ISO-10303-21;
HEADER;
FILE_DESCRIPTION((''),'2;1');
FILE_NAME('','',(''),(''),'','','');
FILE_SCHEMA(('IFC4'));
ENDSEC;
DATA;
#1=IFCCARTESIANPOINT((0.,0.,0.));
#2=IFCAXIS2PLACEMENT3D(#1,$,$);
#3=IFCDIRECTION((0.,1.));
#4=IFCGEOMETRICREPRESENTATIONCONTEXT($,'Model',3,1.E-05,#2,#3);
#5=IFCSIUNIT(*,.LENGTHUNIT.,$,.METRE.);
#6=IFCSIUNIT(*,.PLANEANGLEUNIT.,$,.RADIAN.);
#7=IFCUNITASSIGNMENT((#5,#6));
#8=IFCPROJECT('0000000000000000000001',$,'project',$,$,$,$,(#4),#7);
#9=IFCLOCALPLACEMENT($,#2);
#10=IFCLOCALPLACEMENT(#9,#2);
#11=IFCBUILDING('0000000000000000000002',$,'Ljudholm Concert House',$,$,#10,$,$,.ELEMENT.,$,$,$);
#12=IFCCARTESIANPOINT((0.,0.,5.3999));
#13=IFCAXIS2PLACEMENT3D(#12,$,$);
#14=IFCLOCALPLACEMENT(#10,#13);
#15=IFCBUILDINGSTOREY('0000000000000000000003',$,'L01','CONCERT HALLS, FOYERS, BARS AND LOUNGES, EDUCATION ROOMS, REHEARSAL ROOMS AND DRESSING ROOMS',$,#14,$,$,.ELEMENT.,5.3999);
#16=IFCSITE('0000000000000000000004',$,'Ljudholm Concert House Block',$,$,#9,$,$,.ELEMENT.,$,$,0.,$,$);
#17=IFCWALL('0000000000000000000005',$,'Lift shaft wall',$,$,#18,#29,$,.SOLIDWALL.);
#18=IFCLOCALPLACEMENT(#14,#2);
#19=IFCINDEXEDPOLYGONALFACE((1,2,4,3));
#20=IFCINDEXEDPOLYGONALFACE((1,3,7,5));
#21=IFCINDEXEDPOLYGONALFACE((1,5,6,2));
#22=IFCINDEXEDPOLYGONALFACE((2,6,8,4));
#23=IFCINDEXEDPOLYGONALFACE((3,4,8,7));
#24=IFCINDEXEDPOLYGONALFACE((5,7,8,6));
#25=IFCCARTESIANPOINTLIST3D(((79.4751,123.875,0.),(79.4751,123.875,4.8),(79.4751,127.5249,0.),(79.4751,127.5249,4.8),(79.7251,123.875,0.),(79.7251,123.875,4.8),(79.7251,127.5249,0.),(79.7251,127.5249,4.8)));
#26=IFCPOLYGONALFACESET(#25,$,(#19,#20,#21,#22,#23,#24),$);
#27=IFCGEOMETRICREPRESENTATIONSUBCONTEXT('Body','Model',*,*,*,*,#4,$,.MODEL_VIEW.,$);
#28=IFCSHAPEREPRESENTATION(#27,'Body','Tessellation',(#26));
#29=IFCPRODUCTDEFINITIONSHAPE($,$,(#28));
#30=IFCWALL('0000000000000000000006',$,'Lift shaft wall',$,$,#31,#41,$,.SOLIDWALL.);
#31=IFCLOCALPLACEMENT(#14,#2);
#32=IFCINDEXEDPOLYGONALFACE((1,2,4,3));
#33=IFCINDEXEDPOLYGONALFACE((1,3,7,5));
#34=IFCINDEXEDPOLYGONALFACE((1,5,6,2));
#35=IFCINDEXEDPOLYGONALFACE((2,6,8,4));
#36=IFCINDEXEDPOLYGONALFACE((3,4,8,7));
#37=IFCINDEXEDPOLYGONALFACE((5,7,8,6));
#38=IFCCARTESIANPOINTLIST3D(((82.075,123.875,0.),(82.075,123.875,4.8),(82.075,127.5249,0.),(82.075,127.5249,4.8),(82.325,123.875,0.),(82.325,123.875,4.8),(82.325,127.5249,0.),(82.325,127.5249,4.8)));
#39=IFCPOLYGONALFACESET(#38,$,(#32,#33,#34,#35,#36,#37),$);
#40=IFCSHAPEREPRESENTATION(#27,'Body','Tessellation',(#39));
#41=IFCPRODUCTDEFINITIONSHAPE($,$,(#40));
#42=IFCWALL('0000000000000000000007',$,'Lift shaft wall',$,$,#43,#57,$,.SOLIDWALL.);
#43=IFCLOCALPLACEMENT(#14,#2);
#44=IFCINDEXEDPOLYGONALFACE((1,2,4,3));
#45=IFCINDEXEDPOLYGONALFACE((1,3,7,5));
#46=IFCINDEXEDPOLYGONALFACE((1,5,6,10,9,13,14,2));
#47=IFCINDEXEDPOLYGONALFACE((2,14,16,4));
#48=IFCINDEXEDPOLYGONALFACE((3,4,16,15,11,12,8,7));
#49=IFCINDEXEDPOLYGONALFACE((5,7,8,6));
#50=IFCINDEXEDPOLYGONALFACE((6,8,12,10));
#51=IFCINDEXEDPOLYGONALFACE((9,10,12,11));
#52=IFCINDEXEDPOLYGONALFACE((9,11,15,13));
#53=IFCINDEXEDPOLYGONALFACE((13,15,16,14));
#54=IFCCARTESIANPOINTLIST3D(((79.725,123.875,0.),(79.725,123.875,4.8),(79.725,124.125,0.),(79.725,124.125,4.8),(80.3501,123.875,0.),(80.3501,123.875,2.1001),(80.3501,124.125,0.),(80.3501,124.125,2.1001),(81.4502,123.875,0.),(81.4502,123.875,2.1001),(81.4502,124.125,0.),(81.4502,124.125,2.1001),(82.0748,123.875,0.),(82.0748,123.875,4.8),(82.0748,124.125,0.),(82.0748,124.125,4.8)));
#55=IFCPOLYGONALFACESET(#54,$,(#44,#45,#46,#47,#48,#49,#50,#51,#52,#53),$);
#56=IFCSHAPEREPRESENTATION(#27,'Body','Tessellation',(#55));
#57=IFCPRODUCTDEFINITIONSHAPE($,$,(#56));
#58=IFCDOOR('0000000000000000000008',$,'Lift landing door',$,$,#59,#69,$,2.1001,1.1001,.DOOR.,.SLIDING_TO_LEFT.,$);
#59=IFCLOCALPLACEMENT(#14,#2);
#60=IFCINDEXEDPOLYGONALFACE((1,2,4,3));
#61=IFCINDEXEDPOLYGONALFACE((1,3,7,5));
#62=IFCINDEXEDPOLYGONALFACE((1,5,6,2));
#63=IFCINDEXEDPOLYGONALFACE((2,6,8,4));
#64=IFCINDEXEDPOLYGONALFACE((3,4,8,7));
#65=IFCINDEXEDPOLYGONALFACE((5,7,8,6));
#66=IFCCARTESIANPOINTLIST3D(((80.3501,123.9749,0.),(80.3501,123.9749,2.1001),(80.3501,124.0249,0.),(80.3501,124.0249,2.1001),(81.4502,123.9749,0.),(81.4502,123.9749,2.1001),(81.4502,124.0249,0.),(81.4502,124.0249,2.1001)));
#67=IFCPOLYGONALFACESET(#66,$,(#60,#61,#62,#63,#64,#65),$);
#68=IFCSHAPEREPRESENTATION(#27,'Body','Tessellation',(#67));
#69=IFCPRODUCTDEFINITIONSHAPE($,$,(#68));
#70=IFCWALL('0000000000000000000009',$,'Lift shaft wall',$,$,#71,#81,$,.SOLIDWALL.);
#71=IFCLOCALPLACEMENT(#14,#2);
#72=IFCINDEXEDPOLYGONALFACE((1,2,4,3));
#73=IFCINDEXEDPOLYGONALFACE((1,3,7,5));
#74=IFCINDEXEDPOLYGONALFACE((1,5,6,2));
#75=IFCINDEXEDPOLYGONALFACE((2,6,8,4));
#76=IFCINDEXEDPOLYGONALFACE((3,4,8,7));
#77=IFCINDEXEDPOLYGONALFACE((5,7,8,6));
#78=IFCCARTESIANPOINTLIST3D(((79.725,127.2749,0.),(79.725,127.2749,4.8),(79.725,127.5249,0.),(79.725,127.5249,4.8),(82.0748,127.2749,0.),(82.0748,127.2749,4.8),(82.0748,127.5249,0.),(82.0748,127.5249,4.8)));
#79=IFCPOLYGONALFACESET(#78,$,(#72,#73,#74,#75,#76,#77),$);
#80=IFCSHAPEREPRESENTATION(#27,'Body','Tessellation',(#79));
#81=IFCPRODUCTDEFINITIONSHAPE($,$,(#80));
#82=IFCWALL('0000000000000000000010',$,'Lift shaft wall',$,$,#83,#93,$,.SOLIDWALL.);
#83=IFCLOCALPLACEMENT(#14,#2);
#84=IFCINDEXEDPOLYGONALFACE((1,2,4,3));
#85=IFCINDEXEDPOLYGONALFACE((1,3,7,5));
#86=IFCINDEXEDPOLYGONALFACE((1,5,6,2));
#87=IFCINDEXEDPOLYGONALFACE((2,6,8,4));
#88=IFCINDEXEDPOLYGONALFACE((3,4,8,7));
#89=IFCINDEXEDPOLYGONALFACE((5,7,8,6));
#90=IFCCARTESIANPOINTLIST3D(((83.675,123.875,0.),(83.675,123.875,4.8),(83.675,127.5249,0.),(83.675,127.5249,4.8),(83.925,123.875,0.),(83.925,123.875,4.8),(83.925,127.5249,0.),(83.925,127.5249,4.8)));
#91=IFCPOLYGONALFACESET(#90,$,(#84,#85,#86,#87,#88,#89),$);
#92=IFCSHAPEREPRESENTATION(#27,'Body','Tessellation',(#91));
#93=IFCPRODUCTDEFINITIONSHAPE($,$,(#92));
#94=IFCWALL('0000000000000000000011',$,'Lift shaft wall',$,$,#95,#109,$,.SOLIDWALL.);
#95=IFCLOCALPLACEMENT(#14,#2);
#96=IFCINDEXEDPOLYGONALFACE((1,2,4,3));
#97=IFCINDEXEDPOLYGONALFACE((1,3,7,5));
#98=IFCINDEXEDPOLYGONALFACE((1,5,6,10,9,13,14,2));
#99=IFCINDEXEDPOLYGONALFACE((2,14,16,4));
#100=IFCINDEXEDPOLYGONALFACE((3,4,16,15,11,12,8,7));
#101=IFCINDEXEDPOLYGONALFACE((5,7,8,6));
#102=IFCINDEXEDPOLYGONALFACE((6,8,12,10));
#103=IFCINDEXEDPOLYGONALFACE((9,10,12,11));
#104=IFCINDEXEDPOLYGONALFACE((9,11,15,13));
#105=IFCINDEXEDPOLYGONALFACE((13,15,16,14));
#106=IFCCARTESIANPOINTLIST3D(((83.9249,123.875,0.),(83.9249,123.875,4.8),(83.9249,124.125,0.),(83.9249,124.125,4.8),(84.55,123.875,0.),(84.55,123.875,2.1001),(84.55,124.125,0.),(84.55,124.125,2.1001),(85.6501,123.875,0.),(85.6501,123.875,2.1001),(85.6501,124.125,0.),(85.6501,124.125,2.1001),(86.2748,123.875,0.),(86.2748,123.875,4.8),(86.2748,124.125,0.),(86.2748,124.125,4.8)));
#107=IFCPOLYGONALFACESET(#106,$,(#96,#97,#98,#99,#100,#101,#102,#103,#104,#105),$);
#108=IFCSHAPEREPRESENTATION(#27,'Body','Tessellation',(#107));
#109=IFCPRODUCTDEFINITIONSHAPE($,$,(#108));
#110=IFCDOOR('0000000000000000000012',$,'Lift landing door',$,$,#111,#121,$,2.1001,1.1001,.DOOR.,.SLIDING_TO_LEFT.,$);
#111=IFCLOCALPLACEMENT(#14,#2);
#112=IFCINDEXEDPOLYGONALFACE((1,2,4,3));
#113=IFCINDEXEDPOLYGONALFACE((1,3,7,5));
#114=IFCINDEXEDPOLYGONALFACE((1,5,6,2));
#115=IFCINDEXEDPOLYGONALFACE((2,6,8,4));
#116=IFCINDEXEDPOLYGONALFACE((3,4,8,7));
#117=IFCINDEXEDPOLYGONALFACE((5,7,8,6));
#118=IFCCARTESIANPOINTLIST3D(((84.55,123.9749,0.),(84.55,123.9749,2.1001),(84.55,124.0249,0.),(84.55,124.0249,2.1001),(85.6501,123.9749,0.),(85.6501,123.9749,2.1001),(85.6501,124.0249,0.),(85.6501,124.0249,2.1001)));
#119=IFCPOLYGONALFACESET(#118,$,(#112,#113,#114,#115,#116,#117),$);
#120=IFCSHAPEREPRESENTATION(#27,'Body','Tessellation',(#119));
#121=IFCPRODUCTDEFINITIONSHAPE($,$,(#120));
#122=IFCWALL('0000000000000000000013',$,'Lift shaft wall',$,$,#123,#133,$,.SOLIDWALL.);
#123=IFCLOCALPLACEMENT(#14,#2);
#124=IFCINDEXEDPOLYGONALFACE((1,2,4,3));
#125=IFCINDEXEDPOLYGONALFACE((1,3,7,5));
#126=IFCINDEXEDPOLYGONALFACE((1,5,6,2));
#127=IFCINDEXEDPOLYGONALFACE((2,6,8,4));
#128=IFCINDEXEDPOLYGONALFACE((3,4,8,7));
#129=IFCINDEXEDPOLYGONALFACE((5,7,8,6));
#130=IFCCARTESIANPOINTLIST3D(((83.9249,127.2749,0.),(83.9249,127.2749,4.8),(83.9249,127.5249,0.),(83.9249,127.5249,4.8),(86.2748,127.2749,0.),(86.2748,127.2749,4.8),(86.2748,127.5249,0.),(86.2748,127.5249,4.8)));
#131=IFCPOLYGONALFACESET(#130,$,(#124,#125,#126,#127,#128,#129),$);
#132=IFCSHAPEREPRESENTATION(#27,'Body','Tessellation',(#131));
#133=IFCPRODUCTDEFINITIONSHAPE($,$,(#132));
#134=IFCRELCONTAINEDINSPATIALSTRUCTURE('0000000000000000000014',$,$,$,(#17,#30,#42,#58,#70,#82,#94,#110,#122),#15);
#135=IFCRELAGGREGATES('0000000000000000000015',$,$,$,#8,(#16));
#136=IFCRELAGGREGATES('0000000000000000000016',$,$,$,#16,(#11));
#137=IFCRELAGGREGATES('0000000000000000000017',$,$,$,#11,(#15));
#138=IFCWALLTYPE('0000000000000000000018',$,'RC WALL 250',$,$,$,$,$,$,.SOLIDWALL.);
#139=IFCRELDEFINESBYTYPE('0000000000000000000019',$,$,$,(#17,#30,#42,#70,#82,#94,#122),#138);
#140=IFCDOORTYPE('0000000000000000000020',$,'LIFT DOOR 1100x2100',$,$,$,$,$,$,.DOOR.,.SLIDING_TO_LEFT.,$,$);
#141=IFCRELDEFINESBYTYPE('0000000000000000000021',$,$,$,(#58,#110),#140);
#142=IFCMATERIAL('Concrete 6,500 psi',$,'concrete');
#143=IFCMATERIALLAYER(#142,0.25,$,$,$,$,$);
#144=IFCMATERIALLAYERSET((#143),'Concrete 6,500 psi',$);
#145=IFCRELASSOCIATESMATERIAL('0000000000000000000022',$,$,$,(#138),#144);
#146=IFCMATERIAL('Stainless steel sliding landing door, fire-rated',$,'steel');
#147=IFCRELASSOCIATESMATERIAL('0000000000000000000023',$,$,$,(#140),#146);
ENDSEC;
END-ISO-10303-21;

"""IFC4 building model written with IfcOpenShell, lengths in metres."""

from ifc_helpers import new_model, si_unit, direction, frame, frame_2d, origin, place, context, subcontext, project, spatial, rectangle, extrude, material, layer, layer_set, type_object, element, fill, save


model = new_model("IFC4")

# Units and contexts
model_context = context("Model", 3, precision=1e-05, world=origin(), true_north=direction((0.0, 1.0)))
body_context = subcontext(model_context, "Body", "Model", "MODEL_VIEW")
ifc_project = project(units=[si_unit("LENGTHUNIT", "METRE"), si_unit("PLANEANGLEUNIT", "RADIAN")], contexts=[model_context])

# Site, building, storey
site_placement = place(None, origin())
site = spatial("IfcSite", under=ifc_project, at=site_placement, Name="Ljudholm Concert House Block", CompositionType="ELEMENT", RefElevation=0.0)
building_placement = place(site_placement, origin())
building = spatial("IfcBuilding", under=site, at=building_placement, Name="Ljudholm Concert House", CompositionType="ELEMENT")
storey_placement = place(building_placement, frame((0.0, 0.0, 5.3999)))
storey = spatial("IfcBuildingStorey", under=building, at=storey_placement, Name="L01", Description="CONCERT HALLS, FOYERS, BARS AND LOUNGES, EDUCATION ROOMS, REHEARSAL ROOMS AND DRESSING ROOMS", CompositionType="ELEMENT", Elevation=5.3999)

# Walls
ifc_material_1 = material(Name="Concrete 6,500 psi", Category="concrete")
ifc_layer_1 = layer(ifc_material_1, 0.25)
ifc_layer_set_1 = layer_set([ifc_layer_1], Name="Concrete 6,500 psi")
wall_type_1 = type_object("IfcWallType", Name="RC WALL 250", PredefinedType="SOLIDWALL", material=ifc_layer_set_1)
for number, where, z_axis, x_axis, name in (
    (1, (79.6001, 123.875, 0.0), (0.0, 0.0, 1.0), (0.0, 1.0, 0.0), "Lift shaft wall"),
    (2, (82.2, 123.875, 0.0), (0.0, 0.0, 1.0), (0.0, 1.0, 0.0), "Lift shaft wall"),
):
    element("IfcWall", number, at=place(storey_placement, frame(where, z_axis=z_axis, x_axis=x_axis)), inside=storey, type_object=wall_type_1, Name=name, PredefinedType="SOLIDWALL", context=body_context, shape_type="SweptSolid", body=[
        extrude(rectangle(XDim=3.6499, YDim=0.25, at=frame_2d((1.825, 0.0))), origin(), (0.0, 0.0, 1.0), 4.8),
    ])

# Wall, opening, door
wall_1_placement = place(storey_placement, frame((79.7251, 124.0, 0.0), z_axis=(0.0, 0.0, 1.0), x_axis=(1.0, 0.0, 0.0)))
wall_1 = element("IfcWall", 3, at=wall_1_placement, inside=storey, type_object=wall_type_1, Name="Lift shaft wall", PredefinedType="SOLIDWALL", context=body_context, shape_type="SweptSolid", body=[
    extrude(rectangle(XDim=2.3499, YDim=0.25, at=frame_2d((1.1748, 0.0))), origin(), (0.0, 0.0, 1.0), 4.8),
])
opening_1_placement = place(wall_1_placement, frame((0.625, 0.0, 0.0)))
opening_1 = element("IfcOpeningElement", 4, at=opening_1_placement, cuts=wall_1, PredefinedType="OPENING", context=body_context, shape_type="SweptSolid", body=[
    extrude(rectangle(XDim=1.1001, YDim=2.1001, at=frame_2d((0.55, 1.05))), frame((0.0, 0.135, 0.0), z_axis=(0.0, -1.0, 0.0), x_axis=(1.0, 0.0, 0.0)), (0.0, 0.0, 1.0), 0.27),
])
ifc_material_2 = material(Name="Stainless steel sliding landing door, fire-rated", Category="steel")
door_type_1 = type_object("IfcDoorType", Name="LIFT DOOR 1100x2100", OperationType="SLIDING_TO_LEFT", PredefinedType="DOOR", material=ifc_material_2)
door_1_placement = place(opening_1_placement, origin())
door_1 = element("IfcDoor", 5, at=door_1_placement, inside=storey, type_object=door_type_1, Name="Lift landing door", OperationType="SLIDING_TO_LEFT", OverallHeight=2.1001, OverallWidth=1.1001, PredefinedType="DOOR", context=body_context, shape_type="SweptSolid", body=[
    extrude(rectangle(XDim=1.1001, YDim=2.1001, at=frame_2d((0.55, 1.05))), frame((0.0, 0.0249, 0.0), z_axis=(0.0, -1.0, 0.0), x_axis=(1.0, 0.0, 0.0)), (0.0, 0.0, 1.0), 0.05),
])
fill(opening_1, door_1)

# Walls
wall_2_placement = place(storey_placement, frame((79.7251, 127.3999, 0.0), z_axis=(0.0, 0.0, 1.0), x_axis=(1.0, 0.0, 0.0)))
element("IfcWall", 6, at=wall_2_placement, inside=storey, type_object=wall_type_1, Name="Lift shaft wall", PredefinedType="SOLIDWALL", context=body_context, shape_type="SweptSolid", body=[
    extrude(rectangle(XDim=2.3499, YDim=0.25, at=frame_2d((1.1748, 0.0))), origin(), (0.0, 0.0, 1.0), 4.8),
])
wall_3_placement = place(storey_placement, frame((83.8, 123.875, 0.0), z_axis=(0.0, 0.0, 1.0), x_axis=(0.0, 1.0, 0.0)))
element("IfcWall", 7, at=wall_3_placement, inside=storey, type_object=wall_type_1, Name="Lift shaft wall", PredefinedType="SOLIDWALL", context=body_context, shape_type="SweptSolid", body=[
    extrude(rectangle(XDim=3.6499, YDim=0.25, at=frame_2d((1.825, 0.0))), origin(), (0.0, 0.0, 1.0), 4.8),
])

# Wall, opening, door
wall_4_placement = place(storey_placement, frame((83.925, 124.0, 0.0), z_axis=(0.0, 0.0, 1.0), x_axis=(1.0, 0.0, 0.0)))
wall_4 = element("IfcWall", 8, at=wall_4_placement, inside=storey, type_object=wall_type_1, Name="Lift shaft wall", PredefinedType="SOLIDWALL", context=body_context, shape_type="SweptSolid", body=[
    extrude(rectangle(XDim=2.3499, YDim=0.25, at=frame_2d((1.1748, 0.0))), origin(), (0.0, 0.0, 1.0), 4.8),
])
opening_2_placement = place(wall_4_placement, frame((0.625, 0.0, 0.0)))
opening_2 = element("IfcOpeningElement", 9, at=opening_2_placement, cuts=wall_4, PredefinedType="OPENING", context=body_context, shape_type="SweptSolid", body=[
    extrude(rectangle(XDim=1.1001, YDim=2.1001, at=frame_2d((0.55, 1.05))), frame((0.0, 0.135, 0.0), z_axis=(0.0, -1.0, 0.0), x_axis=(1.0, 0.0, 0.0)), (0.0, 0.0, 1.0), 0.27),
])
door_2_placement = place(opening_2_placement, origin())
door_2 = element("IfcDoor", 10, at=door_2_placement, inside=storey, type_object=door_type_1, Name="Lift landing door", OperationType="SLIDING_TO_LEFT", OverallHeight=2.1001, OverallWidth=1.1001, PredefinedType="DOOR", context=body_context, shape_type="SweptSolid", body=[
    extrude(rectangle(XDim=1.1001, YDim=2.1001, at=frame_2d((0.55, 1.05))), frame((0.0, 0.0249, 0.0), z_axis=(0.0, -1.0, 0.0), x_axis=(1.0, 0.0, 0.0)), (0.0, 0.0, 1.0), 0.05),
])
fill(opening_2, door_2)

# Wall
wall_5_placement = place(storey_placement, frame((83.925, 127.3999, 0.0), z_axis=(0.0, 0.0, 1.0), x_axis=(1.0, 0.0, 0.0)))
element("IfcWall", 11, at=wall_5_placement, inside=storey, type_object=wall_type_1, Name="Lift shaft wall", PredefinedType="SOLIDWALL", context=body_context, shape_type="SweptSolid", body=[
    extrude(rectangle(XDim=2.3499, YDim=0.25, at=frame_2d((1.1748, 0.0))), origin(), (0.0, 0.0, 1.0), 4.8),
])

save(model, "model.ifc")
